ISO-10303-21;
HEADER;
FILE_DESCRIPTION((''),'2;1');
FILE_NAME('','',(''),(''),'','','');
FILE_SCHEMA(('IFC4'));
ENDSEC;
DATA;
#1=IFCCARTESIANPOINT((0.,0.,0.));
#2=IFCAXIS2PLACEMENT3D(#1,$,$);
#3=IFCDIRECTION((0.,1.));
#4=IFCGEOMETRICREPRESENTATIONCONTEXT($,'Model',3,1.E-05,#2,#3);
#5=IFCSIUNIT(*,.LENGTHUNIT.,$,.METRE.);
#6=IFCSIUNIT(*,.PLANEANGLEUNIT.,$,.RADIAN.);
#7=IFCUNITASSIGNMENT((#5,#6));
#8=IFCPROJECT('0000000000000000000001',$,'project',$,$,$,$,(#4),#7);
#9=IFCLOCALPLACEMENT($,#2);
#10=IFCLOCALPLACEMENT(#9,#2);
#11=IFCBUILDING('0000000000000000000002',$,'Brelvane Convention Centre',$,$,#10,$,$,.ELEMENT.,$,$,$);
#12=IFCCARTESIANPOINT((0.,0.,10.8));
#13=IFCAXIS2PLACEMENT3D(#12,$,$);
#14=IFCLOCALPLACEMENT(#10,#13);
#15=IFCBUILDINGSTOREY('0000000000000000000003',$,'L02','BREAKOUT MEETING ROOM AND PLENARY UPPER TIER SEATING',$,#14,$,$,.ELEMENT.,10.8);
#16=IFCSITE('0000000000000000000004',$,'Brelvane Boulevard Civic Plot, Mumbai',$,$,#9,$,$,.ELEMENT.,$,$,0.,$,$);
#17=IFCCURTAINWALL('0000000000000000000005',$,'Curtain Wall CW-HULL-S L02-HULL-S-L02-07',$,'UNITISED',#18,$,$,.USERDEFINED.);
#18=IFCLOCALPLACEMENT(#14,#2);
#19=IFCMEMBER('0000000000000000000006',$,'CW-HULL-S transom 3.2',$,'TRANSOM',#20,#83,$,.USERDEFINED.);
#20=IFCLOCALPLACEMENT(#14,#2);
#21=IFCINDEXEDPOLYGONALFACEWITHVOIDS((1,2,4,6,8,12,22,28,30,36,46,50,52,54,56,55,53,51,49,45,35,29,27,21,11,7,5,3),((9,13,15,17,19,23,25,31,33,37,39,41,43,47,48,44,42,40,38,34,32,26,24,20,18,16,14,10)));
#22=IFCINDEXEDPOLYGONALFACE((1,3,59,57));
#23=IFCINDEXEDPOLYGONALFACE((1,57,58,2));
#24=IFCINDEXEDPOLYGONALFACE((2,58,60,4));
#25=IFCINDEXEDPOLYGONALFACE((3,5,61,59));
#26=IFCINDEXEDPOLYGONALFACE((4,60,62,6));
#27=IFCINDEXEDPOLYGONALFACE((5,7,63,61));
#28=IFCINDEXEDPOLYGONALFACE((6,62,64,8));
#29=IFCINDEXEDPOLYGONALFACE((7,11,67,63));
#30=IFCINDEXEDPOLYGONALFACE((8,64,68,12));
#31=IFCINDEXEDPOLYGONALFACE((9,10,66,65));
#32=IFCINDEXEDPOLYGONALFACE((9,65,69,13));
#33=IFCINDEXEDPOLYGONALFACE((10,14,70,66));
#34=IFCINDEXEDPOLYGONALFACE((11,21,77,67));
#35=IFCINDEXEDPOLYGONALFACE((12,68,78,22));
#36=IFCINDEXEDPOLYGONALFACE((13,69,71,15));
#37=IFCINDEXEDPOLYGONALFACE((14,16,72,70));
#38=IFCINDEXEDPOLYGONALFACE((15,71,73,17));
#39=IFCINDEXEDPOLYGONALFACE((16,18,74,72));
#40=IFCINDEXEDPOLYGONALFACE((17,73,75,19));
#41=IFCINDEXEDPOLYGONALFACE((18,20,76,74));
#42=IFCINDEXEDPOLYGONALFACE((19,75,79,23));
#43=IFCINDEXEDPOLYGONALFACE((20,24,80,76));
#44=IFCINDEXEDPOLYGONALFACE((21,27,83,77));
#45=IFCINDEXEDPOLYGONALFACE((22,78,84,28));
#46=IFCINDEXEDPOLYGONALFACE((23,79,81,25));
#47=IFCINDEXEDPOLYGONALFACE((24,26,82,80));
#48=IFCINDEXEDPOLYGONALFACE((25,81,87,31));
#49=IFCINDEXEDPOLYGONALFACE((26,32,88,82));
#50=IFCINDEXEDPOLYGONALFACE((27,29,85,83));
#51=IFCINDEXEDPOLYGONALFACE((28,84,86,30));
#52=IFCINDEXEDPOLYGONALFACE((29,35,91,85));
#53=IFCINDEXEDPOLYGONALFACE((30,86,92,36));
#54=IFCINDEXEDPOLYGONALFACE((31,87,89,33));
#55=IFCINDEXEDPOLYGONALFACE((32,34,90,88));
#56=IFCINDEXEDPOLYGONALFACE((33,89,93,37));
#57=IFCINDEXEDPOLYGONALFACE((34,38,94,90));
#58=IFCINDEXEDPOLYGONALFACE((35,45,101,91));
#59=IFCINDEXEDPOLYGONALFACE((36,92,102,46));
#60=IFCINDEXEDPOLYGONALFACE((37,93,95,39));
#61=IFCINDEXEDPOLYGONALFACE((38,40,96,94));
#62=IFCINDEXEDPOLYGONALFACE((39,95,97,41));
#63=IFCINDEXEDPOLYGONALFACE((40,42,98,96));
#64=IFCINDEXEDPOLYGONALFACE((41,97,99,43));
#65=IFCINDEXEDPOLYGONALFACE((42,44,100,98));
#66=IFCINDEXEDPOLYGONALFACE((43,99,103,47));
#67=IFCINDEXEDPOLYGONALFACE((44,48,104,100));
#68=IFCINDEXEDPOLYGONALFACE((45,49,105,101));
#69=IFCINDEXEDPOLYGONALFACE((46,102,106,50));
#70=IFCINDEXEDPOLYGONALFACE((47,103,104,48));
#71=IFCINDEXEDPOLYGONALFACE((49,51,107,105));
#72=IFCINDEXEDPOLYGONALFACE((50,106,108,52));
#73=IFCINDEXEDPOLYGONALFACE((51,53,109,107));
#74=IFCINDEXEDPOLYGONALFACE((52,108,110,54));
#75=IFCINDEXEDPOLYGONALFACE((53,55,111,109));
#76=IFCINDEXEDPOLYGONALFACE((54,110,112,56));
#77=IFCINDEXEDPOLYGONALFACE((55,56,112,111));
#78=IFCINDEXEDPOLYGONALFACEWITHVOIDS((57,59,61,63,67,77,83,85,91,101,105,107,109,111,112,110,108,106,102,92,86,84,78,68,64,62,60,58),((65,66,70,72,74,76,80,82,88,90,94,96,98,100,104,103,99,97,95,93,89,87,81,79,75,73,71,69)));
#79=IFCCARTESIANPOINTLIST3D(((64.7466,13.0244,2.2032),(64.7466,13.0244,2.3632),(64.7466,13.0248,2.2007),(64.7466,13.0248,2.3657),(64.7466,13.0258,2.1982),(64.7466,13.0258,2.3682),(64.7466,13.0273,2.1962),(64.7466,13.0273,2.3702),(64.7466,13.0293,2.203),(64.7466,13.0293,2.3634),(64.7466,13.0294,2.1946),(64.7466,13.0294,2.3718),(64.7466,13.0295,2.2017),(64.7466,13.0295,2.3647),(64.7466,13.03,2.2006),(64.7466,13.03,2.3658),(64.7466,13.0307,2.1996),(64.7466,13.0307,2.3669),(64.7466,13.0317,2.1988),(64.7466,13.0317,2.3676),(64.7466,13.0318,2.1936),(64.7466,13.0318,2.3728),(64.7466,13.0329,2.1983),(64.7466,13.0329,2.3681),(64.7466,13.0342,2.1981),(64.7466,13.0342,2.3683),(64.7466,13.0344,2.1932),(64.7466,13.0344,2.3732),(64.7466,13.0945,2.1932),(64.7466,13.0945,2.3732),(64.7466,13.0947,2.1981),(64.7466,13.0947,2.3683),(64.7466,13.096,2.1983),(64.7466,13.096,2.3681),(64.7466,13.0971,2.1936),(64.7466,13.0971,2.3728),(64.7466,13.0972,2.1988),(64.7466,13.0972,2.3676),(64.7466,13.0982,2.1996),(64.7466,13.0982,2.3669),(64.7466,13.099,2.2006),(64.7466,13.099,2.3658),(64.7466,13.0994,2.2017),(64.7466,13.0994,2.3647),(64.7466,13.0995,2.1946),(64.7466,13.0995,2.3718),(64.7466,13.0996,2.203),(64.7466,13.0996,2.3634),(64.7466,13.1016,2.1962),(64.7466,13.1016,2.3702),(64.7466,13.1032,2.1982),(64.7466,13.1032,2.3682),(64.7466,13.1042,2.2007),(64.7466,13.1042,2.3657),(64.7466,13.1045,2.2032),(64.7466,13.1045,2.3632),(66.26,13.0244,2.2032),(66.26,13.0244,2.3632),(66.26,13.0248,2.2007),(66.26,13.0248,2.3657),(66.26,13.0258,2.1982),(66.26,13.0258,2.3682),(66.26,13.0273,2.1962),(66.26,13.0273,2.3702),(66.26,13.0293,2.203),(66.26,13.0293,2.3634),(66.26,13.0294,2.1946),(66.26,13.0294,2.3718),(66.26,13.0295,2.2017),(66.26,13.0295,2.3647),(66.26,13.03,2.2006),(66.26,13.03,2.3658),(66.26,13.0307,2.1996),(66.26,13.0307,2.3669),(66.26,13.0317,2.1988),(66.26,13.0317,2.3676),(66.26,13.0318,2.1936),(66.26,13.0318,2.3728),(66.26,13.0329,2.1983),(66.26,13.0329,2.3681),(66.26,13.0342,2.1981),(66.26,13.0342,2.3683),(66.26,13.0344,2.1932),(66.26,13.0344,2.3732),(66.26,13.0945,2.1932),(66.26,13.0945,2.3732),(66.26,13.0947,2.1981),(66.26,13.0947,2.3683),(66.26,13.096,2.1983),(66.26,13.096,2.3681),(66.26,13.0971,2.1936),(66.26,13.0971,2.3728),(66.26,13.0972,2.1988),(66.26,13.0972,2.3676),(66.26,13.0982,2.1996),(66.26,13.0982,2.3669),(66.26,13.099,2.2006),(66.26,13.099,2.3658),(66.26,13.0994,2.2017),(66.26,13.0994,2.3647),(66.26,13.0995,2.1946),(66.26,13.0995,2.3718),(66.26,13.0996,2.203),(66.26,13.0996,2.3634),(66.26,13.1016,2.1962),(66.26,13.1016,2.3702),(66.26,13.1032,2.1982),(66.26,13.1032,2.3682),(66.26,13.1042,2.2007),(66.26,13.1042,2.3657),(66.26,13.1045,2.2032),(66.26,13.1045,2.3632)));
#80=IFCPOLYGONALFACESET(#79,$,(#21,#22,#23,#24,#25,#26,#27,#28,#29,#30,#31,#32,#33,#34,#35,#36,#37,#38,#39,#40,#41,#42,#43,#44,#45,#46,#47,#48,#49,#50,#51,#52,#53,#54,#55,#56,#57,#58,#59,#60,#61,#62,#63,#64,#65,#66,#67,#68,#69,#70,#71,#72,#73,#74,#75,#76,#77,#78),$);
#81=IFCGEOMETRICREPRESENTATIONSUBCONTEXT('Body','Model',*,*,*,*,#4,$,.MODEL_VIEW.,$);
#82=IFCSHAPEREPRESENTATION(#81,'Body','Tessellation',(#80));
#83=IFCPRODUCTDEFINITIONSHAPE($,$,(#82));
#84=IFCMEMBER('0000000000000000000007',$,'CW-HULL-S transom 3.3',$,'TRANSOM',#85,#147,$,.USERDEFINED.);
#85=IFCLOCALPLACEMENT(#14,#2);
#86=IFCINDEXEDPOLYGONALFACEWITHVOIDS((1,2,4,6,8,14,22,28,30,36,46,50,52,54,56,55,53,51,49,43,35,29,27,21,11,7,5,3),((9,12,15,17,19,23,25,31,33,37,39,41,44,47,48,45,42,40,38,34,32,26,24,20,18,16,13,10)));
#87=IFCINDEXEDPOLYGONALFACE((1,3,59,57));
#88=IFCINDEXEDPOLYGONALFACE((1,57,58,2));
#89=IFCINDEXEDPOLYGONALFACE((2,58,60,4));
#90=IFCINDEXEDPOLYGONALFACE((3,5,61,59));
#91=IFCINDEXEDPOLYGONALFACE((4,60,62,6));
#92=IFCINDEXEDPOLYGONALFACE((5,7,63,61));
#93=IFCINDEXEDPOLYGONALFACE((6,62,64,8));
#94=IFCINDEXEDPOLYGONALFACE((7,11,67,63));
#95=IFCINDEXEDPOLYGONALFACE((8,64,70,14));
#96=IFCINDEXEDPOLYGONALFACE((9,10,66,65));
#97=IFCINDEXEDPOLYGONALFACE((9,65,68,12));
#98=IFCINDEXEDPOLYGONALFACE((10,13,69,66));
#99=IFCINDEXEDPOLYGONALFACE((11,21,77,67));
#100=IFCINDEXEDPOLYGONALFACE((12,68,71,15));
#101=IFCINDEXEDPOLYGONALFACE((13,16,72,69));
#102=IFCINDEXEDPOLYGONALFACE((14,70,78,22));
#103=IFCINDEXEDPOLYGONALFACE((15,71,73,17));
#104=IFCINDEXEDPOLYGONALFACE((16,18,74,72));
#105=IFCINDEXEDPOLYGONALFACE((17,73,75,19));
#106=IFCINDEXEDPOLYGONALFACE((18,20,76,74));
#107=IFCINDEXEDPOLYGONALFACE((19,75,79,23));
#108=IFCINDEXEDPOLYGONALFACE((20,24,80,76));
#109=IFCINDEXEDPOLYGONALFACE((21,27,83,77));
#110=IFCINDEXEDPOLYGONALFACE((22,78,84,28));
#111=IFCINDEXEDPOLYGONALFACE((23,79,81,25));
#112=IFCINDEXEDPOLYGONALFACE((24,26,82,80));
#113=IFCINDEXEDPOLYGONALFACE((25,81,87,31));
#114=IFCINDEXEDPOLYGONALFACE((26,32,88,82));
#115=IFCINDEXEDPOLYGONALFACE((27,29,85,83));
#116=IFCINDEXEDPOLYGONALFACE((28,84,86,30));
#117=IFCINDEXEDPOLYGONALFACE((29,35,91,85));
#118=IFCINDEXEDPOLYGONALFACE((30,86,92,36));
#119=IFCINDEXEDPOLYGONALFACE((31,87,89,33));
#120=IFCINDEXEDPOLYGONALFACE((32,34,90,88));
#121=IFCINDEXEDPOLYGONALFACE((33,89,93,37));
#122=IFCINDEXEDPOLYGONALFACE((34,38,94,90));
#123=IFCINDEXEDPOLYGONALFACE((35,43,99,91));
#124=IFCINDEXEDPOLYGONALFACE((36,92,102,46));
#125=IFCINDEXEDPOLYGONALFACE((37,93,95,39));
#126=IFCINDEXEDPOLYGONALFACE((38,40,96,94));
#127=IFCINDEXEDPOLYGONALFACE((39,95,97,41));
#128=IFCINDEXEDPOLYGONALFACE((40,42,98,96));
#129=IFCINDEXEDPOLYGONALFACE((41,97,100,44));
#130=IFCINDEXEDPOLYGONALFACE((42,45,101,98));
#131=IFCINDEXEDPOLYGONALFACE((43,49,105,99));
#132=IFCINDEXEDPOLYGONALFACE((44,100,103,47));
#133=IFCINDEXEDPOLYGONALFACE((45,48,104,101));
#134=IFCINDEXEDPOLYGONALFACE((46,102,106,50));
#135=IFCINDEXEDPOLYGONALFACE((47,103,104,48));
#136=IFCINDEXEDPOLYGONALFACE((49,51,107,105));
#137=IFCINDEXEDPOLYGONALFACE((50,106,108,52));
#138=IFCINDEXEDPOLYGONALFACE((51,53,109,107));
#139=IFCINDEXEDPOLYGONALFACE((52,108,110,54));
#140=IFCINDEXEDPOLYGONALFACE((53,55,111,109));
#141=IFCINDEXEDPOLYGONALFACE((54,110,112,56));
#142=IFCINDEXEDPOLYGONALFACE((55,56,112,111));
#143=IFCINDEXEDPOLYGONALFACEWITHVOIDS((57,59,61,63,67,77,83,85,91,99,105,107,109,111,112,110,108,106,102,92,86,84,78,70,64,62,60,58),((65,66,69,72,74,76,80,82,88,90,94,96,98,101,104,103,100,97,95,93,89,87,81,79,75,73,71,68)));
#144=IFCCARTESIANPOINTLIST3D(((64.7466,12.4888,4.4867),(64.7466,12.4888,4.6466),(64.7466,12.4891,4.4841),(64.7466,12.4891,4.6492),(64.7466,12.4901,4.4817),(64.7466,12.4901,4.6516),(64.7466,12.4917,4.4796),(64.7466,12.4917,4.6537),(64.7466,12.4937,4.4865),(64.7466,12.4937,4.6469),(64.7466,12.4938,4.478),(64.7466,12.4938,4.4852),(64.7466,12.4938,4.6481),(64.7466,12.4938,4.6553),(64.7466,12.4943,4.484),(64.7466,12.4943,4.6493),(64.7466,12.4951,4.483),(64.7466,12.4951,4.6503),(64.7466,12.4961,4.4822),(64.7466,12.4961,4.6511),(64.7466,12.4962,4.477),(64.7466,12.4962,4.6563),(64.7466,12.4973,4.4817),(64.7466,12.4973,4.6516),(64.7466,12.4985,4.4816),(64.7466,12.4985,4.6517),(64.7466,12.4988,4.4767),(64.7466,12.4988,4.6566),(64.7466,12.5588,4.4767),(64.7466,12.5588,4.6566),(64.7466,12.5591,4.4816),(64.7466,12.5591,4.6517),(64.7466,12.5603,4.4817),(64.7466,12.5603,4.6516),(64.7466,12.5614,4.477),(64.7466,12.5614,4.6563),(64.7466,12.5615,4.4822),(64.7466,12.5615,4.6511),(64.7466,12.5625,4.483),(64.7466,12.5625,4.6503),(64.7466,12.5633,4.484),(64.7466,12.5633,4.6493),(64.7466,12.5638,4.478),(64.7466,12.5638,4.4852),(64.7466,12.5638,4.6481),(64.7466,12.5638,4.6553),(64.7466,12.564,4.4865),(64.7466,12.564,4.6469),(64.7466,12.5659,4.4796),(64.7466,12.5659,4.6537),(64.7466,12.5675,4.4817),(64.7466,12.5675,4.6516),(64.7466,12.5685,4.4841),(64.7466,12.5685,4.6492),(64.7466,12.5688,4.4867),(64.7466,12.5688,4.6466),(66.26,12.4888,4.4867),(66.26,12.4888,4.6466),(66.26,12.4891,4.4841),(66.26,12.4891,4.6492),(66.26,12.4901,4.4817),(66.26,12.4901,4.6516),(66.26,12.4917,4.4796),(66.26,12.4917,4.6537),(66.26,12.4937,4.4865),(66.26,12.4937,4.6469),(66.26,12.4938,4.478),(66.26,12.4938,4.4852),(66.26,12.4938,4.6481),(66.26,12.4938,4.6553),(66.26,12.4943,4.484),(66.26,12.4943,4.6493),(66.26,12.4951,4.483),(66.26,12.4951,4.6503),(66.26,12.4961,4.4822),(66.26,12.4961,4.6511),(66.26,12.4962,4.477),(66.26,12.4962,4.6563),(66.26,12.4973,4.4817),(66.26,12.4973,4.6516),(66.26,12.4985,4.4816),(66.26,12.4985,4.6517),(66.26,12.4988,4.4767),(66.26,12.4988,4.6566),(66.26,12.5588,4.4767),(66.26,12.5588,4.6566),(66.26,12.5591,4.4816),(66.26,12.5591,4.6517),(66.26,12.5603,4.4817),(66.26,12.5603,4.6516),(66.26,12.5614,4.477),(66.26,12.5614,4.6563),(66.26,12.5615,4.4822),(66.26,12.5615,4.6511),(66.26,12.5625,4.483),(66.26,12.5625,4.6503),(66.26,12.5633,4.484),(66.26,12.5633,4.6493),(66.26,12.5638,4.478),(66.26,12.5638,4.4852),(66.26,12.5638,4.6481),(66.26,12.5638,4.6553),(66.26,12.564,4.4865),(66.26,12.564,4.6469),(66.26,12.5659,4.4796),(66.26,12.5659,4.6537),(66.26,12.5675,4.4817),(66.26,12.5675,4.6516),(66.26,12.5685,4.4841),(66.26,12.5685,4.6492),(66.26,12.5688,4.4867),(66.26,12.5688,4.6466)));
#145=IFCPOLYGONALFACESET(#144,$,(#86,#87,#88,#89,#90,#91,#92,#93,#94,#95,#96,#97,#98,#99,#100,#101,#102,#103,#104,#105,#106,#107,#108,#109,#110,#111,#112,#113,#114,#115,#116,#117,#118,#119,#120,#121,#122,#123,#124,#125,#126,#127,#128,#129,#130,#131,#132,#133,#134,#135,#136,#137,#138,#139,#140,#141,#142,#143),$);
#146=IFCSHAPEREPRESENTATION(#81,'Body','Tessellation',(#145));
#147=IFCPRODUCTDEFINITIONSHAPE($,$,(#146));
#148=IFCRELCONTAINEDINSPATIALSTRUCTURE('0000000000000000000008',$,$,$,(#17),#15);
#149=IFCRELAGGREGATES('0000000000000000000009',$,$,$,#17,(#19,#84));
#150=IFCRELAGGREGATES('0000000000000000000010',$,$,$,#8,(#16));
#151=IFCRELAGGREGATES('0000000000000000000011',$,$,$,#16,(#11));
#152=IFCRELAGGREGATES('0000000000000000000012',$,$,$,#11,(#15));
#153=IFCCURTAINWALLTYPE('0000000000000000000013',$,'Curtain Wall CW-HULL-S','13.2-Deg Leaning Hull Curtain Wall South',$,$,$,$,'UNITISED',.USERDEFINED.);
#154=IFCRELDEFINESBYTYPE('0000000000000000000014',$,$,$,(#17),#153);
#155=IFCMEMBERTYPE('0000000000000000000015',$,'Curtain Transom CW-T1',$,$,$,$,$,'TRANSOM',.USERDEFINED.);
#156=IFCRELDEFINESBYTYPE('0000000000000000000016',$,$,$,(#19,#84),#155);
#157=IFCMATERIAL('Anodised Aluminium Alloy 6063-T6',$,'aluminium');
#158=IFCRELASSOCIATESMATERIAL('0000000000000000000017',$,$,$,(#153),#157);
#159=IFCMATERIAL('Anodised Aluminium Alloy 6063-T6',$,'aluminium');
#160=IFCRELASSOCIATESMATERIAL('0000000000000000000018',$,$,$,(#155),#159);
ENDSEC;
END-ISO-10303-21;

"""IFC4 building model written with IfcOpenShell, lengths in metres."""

from ifc_helpers import new_model, si_unit, direction, frame, origin, origin_2d, place, context, subcontext, project, spatial, hollow_rectangle, extrude, material, material_profile, profile_set, type_object, element, aggregate, save


model = new_model("IFC4")

# Units and contexts
model_context = context("Model", 3, precision=1e-05, world=origin(), true_north=direction((0.0, 1.0)))
body_context = subcontext(model_context, "Body", "Model", "MODEL_VIEW")
ifc_project = project(units=[si_unit("LENGTHUNIT", "METRE"), si_unit("PLANEANGLEUNIT", "RADIAN")], contexts=[model_context])

# Site, building, storey
site_placement = place(None, origin())
site = spatial("IfcSite", under=ifc_project, at=site_placement, Name="Brelvane Boulevard Civic Plot, Mumbai", CompositionType="ELEMENT", RefElevation=0.0)
building_placement = place(site_placement, origin())
building = spatial("IfcBuilding", under=site, at=building_placement, Name="Brelvane Convention Centre", CompositionType="ELEMENT")
storey_placement = place(building_placement, frame((0.0, 0.0, 10.8)))
storey = spatial("IfcBuildingStorey", under=building, at=storey_placement, Name="L02", Description="BREAKOUT MEETING ROOM AND PLENARY UPPER TIER SEATING", CompositionType="ELEMENT", Elevation=10.8)

# Curtain wall, members
ifc_material_1 = material(Name="Anodised Aluminium Alloy 6063-T6", Category="aluminium")
curtain_wall_type = type_object("IfcCurtainWallType", Name="Curtain Wall CW-HULL-S", Description="13.2-Deg Leaning Hull Curtain Wall South", ElementType="UNITISED", PredefinedType="USERDEFINED", material=ifc_material_1)
curtain_wall_1_placement = place(storey_placement, origin())
curtain_wall_1 = element("IfcCurtainWall", 1, at=curtain_wall_1_placement, inside=storey, type_object=curtain_wall_type, Name="Curtain Wall CW-HULL-S L02-HULL-S-L02-07", ObjectType="UNITISED", PredefinedType="USERDEFINED")
ifc_material_2 = material(Name="Anodised Aluminium Alloy 6063-T6", Category="aluminium")
ifc_material_profile = material_profile(ifc_material_2, hollow_rectangle(XDim=0.0801, YDim=0.1799, WallThickness=0.0049, InnerFilletRadius=0.0049, OuterFilletRadius=0.01, at=origin_2d()), Name="ALU-T 180x80x5.0")
ifc_profile_set = profile_set([ifc_material_profile], Name="Anodised Aluminium Alloy 6063-T6")
member_type = type_object("IfcMemberType", Name="Curtain Transom CW-T1", ElementType="TRANSOM", PredefinedType="USERDEFINED", material=ifc_profile_set)
member_1_placement = place(storey_placement, frame((64.7466, 13.0645, 2.2832), z_axis=(1.0, 0.0, 0.0), x_axis=(0.0, 1.0, 0.0)))
member_1 = element("IfcMember", 2, at=member_1_placement, type_object=member_type, Name="CW-HULL-S transom 3.2", ObjectType="TRANSOM", PredefinedType="USERDEFINED", context=body_context, shape_type="SweptSolid", body=[
    extrude(hollow_rectangle(XDim=0.0801, YDim=0.1799, WallThickness=0.0049, InnerFilletRadius=0.0049, OuterFilletRadius=0.01, at=origin_2d()), origin(), (0.0, 0.0, 1.0), 1.5134),
])
member_2_placement = place(storey_placement, frame((64.7466, 12.5288, 4.5667), z_axis=(1.0, 0.0, 0.0), x_axis=(0.0, 1.0, 0.0)))
member_2 = element("IfcMember", 3, at=member_2_placement, type_object=member_type, Name="CW-HULL-S transom 3.3", ObjectType="TRANSOM", PredefinedType="USERDEFINED", context=body_context, shape_type="SweptSolid", body=[
    extrude(hollow_rectangle(XDim=0.0801, YDim=0.1799, WallThickness=0.0049, InnerFilletRadius=0.0049, OuterFilletRadius=0.01, at=origin_2d()), origin(), (0.0, 0.0, 1.0), 1.5134),
])

aggregate(curtain_wall_1, [member_1, member_2])

save(model, "model.ifc")
